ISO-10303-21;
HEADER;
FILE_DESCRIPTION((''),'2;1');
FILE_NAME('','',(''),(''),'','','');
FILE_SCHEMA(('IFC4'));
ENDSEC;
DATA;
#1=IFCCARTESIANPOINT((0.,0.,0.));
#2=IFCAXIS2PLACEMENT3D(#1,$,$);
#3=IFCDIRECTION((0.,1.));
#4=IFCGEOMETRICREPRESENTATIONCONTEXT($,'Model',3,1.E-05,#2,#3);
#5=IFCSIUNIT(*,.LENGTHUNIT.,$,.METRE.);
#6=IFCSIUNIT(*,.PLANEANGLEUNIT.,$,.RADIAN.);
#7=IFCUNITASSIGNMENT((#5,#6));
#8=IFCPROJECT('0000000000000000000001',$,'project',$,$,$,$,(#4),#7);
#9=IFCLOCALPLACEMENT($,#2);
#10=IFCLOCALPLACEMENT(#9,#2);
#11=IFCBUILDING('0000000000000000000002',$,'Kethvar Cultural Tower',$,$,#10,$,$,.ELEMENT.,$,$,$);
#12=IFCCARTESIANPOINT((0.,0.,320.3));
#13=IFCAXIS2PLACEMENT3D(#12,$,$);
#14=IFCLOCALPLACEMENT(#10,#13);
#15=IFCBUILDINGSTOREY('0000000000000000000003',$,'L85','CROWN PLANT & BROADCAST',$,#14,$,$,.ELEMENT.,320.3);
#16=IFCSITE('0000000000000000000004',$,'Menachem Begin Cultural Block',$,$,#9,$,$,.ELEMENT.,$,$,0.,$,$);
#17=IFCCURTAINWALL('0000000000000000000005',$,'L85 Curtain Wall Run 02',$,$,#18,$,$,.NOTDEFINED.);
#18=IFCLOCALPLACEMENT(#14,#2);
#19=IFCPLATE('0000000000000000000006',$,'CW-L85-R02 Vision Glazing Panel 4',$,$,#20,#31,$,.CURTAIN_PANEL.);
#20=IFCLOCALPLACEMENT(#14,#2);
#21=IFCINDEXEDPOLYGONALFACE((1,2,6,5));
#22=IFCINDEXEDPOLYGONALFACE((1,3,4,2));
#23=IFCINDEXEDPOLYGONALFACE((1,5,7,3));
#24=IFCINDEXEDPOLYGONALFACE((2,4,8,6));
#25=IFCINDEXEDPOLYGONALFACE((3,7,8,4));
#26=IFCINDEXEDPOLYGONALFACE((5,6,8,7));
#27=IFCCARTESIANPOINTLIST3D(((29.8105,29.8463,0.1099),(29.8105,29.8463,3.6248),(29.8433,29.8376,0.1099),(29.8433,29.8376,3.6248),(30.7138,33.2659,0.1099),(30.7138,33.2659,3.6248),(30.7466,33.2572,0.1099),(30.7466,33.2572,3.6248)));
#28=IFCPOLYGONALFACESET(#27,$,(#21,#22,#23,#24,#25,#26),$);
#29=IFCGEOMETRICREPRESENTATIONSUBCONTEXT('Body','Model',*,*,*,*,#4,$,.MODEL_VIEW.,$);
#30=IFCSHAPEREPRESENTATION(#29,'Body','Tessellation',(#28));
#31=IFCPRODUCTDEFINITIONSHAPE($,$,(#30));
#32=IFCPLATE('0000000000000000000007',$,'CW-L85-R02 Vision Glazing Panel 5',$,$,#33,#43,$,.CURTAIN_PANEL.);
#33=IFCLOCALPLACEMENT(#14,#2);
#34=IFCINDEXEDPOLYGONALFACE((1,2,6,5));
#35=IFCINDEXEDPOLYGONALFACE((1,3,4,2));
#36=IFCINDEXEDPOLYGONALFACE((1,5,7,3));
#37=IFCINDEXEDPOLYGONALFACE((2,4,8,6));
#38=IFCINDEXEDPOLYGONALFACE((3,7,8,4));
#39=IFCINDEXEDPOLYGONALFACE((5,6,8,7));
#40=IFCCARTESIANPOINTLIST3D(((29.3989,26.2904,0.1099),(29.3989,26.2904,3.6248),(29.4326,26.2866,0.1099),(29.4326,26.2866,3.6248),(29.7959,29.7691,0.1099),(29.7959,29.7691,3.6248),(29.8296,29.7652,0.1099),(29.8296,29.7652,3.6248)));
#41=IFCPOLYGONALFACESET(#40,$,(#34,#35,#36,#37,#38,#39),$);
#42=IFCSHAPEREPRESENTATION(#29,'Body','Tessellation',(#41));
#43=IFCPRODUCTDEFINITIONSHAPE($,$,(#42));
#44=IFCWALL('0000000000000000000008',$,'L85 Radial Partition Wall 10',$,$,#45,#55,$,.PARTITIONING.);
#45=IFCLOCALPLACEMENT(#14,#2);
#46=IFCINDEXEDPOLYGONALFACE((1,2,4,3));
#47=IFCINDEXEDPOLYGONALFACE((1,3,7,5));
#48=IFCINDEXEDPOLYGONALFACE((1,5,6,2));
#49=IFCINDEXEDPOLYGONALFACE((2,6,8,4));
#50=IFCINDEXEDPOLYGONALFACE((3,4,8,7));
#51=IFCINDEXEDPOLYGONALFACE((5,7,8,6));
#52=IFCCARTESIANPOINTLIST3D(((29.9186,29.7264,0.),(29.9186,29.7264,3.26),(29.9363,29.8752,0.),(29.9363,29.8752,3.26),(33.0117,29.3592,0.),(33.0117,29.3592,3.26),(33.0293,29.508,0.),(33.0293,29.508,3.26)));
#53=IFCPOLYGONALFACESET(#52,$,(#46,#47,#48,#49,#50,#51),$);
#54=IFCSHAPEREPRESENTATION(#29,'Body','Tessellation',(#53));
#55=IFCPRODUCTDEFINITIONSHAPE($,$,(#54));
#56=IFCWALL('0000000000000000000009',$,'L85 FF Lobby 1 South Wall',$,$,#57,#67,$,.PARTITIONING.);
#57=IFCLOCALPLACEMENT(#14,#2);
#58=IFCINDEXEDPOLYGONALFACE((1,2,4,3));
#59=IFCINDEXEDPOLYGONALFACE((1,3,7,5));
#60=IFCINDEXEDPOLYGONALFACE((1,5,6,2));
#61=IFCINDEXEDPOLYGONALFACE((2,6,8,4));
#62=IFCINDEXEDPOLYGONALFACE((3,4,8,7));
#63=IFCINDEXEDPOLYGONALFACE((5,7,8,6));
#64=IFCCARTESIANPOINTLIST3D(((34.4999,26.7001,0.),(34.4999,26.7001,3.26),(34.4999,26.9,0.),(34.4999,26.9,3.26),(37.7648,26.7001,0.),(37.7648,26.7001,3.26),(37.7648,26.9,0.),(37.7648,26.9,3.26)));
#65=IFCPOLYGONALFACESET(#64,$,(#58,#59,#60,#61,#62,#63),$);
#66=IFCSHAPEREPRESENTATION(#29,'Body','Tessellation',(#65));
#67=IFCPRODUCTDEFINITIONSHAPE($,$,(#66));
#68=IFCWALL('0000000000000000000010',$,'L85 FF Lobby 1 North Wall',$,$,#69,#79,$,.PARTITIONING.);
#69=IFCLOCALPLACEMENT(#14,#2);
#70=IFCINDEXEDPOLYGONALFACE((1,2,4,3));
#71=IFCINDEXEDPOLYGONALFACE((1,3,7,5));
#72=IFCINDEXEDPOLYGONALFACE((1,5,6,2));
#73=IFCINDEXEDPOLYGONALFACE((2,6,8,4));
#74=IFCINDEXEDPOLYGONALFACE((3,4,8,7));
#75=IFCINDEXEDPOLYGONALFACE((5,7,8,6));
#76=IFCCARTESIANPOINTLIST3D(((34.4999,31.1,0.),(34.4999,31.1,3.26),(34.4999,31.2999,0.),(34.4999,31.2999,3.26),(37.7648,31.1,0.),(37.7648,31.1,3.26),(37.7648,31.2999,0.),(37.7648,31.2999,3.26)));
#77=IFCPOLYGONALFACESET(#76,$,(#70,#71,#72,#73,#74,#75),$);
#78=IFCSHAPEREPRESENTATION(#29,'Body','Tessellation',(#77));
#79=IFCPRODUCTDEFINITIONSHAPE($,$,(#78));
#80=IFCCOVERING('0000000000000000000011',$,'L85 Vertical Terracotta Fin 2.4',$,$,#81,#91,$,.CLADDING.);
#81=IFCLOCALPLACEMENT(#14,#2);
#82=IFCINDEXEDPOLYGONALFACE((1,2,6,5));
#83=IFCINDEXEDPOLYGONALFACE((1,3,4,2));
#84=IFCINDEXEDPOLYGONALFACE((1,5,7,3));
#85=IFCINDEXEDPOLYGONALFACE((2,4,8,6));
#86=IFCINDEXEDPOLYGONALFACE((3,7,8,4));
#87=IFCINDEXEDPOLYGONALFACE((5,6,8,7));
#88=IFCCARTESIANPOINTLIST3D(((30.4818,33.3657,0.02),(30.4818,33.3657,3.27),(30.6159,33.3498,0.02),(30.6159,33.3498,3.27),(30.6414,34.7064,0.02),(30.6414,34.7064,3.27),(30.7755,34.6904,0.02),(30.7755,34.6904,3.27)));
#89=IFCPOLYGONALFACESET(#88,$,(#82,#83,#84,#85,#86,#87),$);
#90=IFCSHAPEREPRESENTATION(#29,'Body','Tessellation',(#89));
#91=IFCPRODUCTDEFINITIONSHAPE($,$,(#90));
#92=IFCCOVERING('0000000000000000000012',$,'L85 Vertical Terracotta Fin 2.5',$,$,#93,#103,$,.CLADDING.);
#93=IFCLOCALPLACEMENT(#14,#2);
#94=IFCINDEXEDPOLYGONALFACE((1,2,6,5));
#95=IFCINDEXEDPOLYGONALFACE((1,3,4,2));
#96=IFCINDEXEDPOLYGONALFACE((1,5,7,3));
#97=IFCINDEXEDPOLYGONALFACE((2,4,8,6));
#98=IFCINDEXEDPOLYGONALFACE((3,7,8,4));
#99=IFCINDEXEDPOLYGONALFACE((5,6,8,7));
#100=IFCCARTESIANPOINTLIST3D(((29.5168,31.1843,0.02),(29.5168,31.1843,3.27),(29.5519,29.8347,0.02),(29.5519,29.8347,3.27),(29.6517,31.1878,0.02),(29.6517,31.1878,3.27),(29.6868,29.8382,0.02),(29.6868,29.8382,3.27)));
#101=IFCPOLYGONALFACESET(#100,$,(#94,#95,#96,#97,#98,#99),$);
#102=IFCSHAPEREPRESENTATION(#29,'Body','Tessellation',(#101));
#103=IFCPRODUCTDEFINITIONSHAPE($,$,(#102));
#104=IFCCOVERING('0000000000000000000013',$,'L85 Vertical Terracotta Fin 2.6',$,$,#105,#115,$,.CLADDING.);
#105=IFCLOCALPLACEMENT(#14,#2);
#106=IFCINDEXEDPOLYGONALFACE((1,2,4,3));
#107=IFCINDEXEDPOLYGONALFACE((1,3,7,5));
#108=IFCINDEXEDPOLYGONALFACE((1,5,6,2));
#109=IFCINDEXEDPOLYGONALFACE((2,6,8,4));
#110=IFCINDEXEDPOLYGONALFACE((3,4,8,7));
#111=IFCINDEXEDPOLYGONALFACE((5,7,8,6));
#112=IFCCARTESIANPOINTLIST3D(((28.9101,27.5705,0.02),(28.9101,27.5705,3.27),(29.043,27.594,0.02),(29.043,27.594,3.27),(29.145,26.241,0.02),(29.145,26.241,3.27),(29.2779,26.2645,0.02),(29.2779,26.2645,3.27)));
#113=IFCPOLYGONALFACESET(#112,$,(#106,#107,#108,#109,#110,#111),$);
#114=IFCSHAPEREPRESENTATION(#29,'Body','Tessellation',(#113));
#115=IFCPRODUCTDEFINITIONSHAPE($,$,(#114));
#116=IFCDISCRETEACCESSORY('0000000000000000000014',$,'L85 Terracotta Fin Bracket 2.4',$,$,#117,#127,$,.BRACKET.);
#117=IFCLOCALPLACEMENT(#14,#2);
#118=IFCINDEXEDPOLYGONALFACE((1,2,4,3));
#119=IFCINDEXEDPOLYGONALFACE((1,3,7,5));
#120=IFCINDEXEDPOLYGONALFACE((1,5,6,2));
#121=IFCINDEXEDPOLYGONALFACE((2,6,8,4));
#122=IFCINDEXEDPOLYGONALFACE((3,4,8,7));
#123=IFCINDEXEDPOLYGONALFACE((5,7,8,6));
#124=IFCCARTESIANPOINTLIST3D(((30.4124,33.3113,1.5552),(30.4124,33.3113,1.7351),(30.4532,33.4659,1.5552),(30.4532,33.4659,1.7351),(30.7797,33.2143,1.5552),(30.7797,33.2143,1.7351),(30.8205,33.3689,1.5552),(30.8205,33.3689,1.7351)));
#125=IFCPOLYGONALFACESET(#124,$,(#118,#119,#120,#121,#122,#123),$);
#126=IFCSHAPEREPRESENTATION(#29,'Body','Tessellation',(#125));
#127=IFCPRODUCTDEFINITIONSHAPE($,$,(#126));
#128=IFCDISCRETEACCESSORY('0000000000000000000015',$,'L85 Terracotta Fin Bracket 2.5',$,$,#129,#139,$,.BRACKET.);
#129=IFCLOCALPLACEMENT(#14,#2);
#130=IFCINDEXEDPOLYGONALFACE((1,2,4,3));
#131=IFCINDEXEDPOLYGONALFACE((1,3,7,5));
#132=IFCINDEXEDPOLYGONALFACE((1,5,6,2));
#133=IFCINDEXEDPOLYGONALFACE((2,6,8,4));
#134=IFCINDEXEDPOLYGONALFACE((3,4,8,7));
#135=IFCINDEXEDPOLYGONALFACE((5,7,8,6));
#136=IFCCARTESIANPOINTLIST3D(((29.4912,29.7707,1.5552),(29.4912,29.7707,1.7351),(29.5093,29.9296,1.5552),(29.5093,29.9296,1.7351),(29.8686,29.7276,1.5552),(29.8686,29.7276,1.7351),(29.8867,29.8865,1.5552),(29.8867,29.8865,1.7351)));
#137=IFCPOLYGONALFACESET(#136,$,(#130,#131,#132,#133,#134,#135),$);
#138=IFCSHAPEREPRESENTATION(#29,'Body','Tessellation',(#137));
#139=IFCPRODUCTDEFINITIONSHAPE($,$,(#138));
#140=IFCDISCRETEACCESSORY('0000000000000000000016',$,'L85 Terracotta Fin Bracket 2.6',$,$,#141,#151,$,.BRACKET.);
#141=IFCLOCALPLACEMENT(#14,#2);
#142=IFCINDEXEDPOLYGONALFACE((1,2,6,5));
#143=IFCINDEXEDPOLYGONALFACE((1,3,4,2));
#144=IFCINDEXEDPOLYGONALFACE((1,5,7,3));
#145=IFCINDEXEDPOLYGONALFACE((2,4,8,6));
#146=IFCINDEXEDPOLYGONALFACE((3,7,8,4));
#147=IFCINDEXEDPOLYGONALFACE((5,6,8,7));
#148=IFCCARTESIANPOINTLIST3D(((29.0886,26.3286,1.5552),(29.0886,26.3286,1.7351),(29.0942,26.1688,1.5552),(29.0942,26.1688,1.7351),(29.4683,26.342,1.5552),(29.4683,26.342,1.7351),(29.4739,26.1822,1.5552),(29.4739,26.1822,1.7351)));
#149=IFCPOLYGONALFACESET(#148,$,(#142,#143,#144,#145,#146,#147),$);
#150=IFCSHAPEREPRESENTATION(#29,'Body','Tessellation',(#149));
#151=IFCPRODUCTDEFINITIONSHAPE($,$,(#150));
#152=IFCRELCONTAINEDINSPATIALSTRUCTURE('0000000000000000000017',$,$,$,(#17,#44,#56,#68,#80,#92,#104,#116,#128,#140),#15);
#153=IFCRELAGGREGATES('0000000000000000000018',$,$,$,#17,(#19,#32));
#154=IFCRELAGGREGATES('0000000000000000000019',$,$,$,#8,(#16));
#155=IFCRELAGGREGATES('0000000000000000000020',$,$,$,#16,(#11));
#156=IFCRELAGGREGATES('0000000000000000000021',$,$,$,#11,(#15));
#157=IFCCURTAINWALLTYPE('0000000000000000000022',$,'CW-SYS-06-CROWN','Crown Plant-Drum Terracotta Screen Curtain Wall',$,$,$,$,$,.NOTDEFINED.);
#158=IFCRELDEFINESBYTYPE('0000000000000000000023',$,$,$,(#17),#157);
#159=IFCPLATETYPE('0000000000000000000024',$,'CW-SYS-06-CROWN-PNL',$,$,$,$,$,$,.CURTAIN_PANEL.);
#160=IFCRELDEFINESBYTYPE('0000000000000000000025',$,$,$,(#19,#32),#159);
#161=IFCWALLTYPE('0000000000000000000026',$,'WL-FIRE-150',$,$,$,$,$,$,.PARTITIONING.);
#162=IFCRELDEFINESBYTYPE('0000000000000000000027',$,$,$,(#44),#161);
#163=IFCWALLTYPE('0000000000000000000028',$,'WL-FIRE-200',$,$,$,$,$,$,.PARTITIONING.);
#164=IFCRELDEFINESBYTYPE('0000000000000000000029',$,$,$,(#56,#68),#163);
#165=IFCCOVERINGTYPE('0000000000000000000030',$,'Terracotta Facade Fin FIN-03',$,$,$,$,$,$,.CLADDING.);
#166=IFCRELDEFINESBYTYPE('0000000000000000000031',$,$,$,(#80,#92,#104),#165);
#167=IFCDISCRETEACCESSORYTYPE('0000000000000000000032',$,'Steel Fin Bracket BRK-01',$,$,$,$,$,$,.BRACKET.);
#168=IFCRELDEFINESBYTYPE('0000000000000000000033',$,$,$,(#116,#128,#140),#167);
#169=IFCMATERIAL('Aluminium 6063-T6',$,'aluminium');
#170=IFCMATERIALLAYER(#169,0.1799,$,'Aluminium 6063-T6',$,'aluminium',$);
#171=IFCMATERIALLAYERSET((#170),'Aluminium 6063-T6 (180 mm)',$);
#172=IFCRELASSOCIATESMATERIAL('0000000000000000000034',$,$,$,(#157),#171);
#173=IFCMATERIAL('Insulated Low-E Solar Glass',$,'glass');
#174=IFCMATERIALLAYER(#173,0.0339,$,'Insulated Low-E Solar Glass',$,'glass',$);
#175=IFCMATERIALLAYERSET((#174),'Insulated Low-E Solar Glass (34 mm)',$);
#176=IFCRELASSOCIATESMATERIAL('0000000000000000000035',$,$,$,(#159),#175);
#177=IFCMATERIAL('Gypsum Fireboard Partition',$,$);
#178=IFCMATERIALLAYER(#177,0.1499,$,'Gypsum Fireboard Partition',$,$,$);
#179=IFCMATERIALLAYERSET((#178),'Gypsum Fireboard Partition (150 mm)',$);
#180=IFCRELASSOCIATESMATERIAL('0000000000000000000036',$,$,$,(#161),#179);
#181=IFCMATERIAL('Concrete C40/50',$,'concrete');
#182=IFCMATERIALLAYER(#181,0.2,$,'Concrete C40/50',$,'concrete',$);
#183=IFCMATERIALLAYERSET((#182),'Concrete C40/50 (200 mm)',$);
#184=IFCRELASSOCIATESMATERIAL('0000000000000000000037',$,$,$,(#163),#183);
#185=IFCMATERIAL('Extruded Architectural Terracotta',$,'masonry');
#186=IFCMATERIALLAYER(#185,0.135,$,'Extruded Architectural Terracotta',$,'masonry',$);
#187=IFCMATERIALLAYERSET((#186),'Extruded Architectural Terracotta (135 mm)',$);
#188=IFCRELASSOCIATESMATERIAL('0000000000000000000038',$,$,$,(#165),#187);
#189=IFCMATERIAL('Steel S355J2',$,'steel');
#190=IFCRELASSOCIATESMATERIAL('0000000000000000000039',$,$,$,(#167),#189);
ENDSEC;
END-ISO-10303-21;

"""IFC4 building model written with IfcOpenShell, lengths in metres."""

from ifc_helpers import new_model, si_unit, direction, frame, frame_2d, origin, origin_2d, place, context, subcontext, project, spatial, rectangle, extrude, source, transform, mapped, material, layer, layer_set, type_object, element, aggregate, save


model = new_model("IFC4")

# Units and contexts
model_context = context("Model", 3, precision=1e-05, world=origin(), true_north=direction((0.0, 1.0)))
body_context = subcontext(model_context, "Body", "Model", "MODEL_VIEW")
ifc_project = project(units=[si_unit("LENGTHUNIT", "METRE"), si_unit("PLANEANGLEUNIT", "RADIAN")], contexts=[model_context])

# Site, building, storey
site_placement = place(None, origin())
site = spatial("IfcSite", under=ifc_project, at=site_placement, Name="Menachem Begin Cultural Block", CompositionType="ELEMENT", RefElevation=0.0)
building_placement = place(site_placement, origin())
building = spatial("IfcBuilding", under=site, at=building_placement, Name="Kethvar Cultural Tower", CompositionType="ELEMENT")
storey_placement = place(building_placement, frame((0.0, 0.0, 320.3)))
storey = spatial("IfcBuildingStorey", under=building, at=storey_placement, Name="L85", Description="CROWN PLANT & BROADCAST", CompositionType="ELEMENT", Elevation=320.3)

# Shared definitions
ifc_material_1 = material(Name="Steel S355J2", Category="steel")

# Curtain wall, plates
ifc_material_2 = material(Name="Aluminium 6063-T6", Category="aluminium")
ifc_layer_1 = layer(ifc_material_2, 0.1799, Name="Aluminium 6063-T6", Category="aluminium")
ifc_layer_set_1 = layer_set([ifc_layer_1], Name="Aluminium 6063-T6 (180 mm)")
curtain_wall_type = type_object("IfcCurtainWallType", Name="CW-SYS-06-CROWN", Description="Crown Plant-Drum Terracotta Screen Curtain Wall", PredefinedType="NOTDEFINED", material=ifc_layer_set_1)
curtain_wall_placement = place(storey_placement, origin())
curtain_wall = element("IfcCurtainWall", 1, at=curtain_wall_placement, inside=storey, type_object=curtain_wall_type, Name="L85 Curtain Wall Run 02", PredefinedType="NOTDEFINED")
ifc_material_3 = material(Name="Insulated Low-E Solar Glass", Category="glass")
ifc_layer_2 = layer(ifc_material_3, 0.0339, Name="Insulated Low-E Solar Glass", Category="glass")
ifc_layer_set_2 = layer_set([ifc_layer_2], Name="Insulated Low-E Solar Glass (34 mm)")
plate_type = type_object("IfcPlateType", Name="CW-SYS-06-CROWN-PNL", PredefinedType="CURTAIN_PANEL", material=ifc_layer_set_2)
shared_shape_1 = source(origin(), body_context, "Body", "SweptSolid", [
    extrude(rectangle(XDim=3.5369, YDim=0.0339, at=origin_2d()), origin(), (0.0, 0.0, 1.0), 3.5149),
])
plate_1_placement = place(storey_placement, frame((30.2786, 31.5518, 0.1099), z_axis=(0.0, 0.0, 1.0), x_axis=(-0.255412, -0.966832, 0.0)))
plate_1 = element("IfcPlate", 2, at=plate_1_placement, type_object=plate_type, Name="CW-L85-R02 Vision Glazing Panel 4", PredefinedType="CURTAIN_PANEL", context=body_context, shape_type="MappedRepresentation", body=[
    mapped(shared_shape_1, transform((0.0, 0.0, 0.0), scale=1.0)),
])
shared_shape_2 = source(origin(), body_context, "Body", "SweptSolid", [
    extrude(rectangle(XDim=3.5012, YDim=0.0339, at=origin_2d()), origin(), (0.0, 0.0, 1.0), 3.5149),
])
plate_2_placement = place(storey_placement, frame((29.6143, 28.0278, 0.1099), z_axis=(0.0, 0.0, 1.0), x_axis=(-0.113377, -0.993552, 0.0)))
plate_2 = element("IfcPlate", 3, at=plate_2_placement, type_object=plate_type, Name="CW-L85-R02 Vision Glazing Panel 5", PredefinedType="CURTAIN_PANEL", context=body_context, shape_type="MappedRepresentation", body=[
    mapped(shared_shape_2, transform((0.0, 0.0, 0.0), scale=1.0)),
])
aggregate(curtain_wall, [plate_1, plate_2])

# Wall
ifc_material_4 = material(Name="Gypsum Fireboard Partition")
ifc_layer_3 = layer(ifc_material_4, 0.1499, Name="Gypsum Fireboard Partition")
ifc_layer_set_3 = layer_set([ifc_layer_3], Name="Gypsum Fireboard Partition (150 mm)")
wall_type_1 = type_object("IfcWallType", Name="WL-FIRE-150", PredefinedType="PARTITIONING", material=ifc_layer_set_3)
wall_1_placement = place(storey_placement, frame((33.0205, 29.4336, 0.0), z_axis=(0.0, 0.0, 1.0), x_axis=(-0.993027, 0.117887, 0.0)))
element("IfcWall", 4, at=wall_1_placement, inside=storey, type_object=wall_type_1, Name="L85 Radial Partition Wall 10", PredefinedType="PARTITIONING", context=body_context, shape_type="SweptSolid", body=[
    extrude(rectangle(XDim=3.1147, YDim=0.1499, at=frame_2d((1.5574, 0.0))), origin(), (0.0, 0.0, 1.0), 3.26),
])

# Shared definitions
ifc_material_5 = material(Name="Concrete C40/50", Category="concrete")
ifc_layer_4 = layer(ifc_material_5, 0.2, Name="Concrete C40/50", Category="concrete")
ifc_layer_set_4 = layer_set([ifc_layer_4], Name="Concrete C40/50 (200 mm)")
wall_type_2 = type_object("IfcWallType", Name="WL-FIRE-200", PredefinedType="PARTITIONING", material=ifc_layer_set_4)

# Walls
for number, where, z_axis, x_axis, name in (
    (5, (34.5, 26.8, 0.0), (0.0, 0.0, 1.0), (1.0, 0.0, 0.0), "L85 FF Lobby 1 South Wall"),
    (6, (34.5, 31.2, 0.0), (0.0, 0.0, 1.0), (1.0, 0.0, 0.0), "L85 FF Lobby 1 North Wall"),
):
    element("IfcWall", number, at=place(storey_placement, frame(where, z_axis=z_axis, x_axis=x_axis)), inside=storey, type_object=wall_type_2, Name=name, PredefinedType="PARTITIONING", context=body_context, shape_type="SweptSolid", body=[
        extrude(rectangle(XDim=3.2649, YDim=0.2, at=frame_2d((1.6323, 0.0))), origin(), (0.0, 0.0, 1.0), 3.26),
    ])

# Coverings
ifc_material_6 = material(Name="Extruded Architectural Terracotta", Category="masonry")
ifc_layer_5 = layer(ifc_material_6, 0.135, Name="Extruded Architectural Terracotta", Category="masonry")
ifc_layer_set_5 = layer_set([ifc_layer_5], Name="Extruded Architectural Terracotta (135 mm)")
covering_type = type_object("IfcCoveringType", Name="Terracotta Facade Fin FIN-03", PredefinedType="CLADDING", material=ifc_layer_set_5)
shared_shape_3 = source(origin(), body_context, "Body", "SweptSolid", [
    extrude(rectangle(XDim=1.3501, YDim=0.135, at=origin_2d()), origin(), (0.0, 0.0, 1.0), 3.25),
])
for number, where, z_axis, x_axis, name in (
    (7, (30.6287, 34.0281, 0.02), (0.0, 0.0, 1.0), (0.118231, 0.992986, 0.0), "L85 Vertical Terracotta Fin 2.4"),
    (8, (29.6018, 30.5112, 0.02), (0.0, 0.0, 1.0), (-0.026002, 0.999662, 0.0), "L85 Vertical Terracotta Fin 2.5"),
    (9, (29.094, 26.9175, 0.02), (0.0, 0.0, 1.0), (-0.173992, 0.984747, 0.0), "L85 Vertical Terracotta Fin 2.6"),
):
    element("IfcCovering", number, at=place(storey_placement, frame(where, z_axis=z_axis, x_axis=x_axis)), inside=storey, type_object=covering_type, Name=name, PredefinedType="CLADDING", context=body_context, shape_type="MappedRepresentation", body=[
        mapped(shared_shape_3, transform((0.0, 0.0, 0.0), scale=1.0)),
    ])

# Discrete accessories
discrete_accessory_type = type_object("IfcDiscreteAccessoryType", Name="Steel Fin Bracket BRK-01", PredefinedType="BRACKET", material=ifc_material_1)
shared_shape_4 = source(origin(), body_context, "Body", "SweptSolid", [
    extrude(rectangle(XDim=0.3799, YDim=0.1599, at=origin_2d()), origin(), (0.0, 0.0, 1.0), 0.1799),
])
for number, where, z_axis, x_axis, name in (
    (10, (30.6165, 33.3401, 1.5552), (0.0, 0.0, 1.0), (-0.966823, 0.255446, 0.0), "L85 Terracotta Fin Bracket 2.4"),
    (11, (29.689, 29.8286, 1.5552), (0.0, 0.0, 1.0), (-0.993552, 0.113377, 0.0), "L85 Terracotta Fin Bracket 2.5"),
    (12, (29.2812, 26.2554, 1.5552), (0.0, 0.0, 1.0), (-0.999379, -0.035248, 0.0), "L85 Terracotta Fin Bracket 2.6"),
):
    element("IfcDiscreteAccessory", number, at=place(storey_placement, frame(where, z_axis=z_axis, x_axis=x_axis)), inside=storey, type_object=discrete_accessory_type, Name=name, PredefinedType="BRACKET", context=body_context, shape_type="MappedRepresentation", body=[
        mapped(shared_shape_4, transform((0.0, 0.0, 0.0), scale=1.0)),
    ])

save(model, "model.ifc")
